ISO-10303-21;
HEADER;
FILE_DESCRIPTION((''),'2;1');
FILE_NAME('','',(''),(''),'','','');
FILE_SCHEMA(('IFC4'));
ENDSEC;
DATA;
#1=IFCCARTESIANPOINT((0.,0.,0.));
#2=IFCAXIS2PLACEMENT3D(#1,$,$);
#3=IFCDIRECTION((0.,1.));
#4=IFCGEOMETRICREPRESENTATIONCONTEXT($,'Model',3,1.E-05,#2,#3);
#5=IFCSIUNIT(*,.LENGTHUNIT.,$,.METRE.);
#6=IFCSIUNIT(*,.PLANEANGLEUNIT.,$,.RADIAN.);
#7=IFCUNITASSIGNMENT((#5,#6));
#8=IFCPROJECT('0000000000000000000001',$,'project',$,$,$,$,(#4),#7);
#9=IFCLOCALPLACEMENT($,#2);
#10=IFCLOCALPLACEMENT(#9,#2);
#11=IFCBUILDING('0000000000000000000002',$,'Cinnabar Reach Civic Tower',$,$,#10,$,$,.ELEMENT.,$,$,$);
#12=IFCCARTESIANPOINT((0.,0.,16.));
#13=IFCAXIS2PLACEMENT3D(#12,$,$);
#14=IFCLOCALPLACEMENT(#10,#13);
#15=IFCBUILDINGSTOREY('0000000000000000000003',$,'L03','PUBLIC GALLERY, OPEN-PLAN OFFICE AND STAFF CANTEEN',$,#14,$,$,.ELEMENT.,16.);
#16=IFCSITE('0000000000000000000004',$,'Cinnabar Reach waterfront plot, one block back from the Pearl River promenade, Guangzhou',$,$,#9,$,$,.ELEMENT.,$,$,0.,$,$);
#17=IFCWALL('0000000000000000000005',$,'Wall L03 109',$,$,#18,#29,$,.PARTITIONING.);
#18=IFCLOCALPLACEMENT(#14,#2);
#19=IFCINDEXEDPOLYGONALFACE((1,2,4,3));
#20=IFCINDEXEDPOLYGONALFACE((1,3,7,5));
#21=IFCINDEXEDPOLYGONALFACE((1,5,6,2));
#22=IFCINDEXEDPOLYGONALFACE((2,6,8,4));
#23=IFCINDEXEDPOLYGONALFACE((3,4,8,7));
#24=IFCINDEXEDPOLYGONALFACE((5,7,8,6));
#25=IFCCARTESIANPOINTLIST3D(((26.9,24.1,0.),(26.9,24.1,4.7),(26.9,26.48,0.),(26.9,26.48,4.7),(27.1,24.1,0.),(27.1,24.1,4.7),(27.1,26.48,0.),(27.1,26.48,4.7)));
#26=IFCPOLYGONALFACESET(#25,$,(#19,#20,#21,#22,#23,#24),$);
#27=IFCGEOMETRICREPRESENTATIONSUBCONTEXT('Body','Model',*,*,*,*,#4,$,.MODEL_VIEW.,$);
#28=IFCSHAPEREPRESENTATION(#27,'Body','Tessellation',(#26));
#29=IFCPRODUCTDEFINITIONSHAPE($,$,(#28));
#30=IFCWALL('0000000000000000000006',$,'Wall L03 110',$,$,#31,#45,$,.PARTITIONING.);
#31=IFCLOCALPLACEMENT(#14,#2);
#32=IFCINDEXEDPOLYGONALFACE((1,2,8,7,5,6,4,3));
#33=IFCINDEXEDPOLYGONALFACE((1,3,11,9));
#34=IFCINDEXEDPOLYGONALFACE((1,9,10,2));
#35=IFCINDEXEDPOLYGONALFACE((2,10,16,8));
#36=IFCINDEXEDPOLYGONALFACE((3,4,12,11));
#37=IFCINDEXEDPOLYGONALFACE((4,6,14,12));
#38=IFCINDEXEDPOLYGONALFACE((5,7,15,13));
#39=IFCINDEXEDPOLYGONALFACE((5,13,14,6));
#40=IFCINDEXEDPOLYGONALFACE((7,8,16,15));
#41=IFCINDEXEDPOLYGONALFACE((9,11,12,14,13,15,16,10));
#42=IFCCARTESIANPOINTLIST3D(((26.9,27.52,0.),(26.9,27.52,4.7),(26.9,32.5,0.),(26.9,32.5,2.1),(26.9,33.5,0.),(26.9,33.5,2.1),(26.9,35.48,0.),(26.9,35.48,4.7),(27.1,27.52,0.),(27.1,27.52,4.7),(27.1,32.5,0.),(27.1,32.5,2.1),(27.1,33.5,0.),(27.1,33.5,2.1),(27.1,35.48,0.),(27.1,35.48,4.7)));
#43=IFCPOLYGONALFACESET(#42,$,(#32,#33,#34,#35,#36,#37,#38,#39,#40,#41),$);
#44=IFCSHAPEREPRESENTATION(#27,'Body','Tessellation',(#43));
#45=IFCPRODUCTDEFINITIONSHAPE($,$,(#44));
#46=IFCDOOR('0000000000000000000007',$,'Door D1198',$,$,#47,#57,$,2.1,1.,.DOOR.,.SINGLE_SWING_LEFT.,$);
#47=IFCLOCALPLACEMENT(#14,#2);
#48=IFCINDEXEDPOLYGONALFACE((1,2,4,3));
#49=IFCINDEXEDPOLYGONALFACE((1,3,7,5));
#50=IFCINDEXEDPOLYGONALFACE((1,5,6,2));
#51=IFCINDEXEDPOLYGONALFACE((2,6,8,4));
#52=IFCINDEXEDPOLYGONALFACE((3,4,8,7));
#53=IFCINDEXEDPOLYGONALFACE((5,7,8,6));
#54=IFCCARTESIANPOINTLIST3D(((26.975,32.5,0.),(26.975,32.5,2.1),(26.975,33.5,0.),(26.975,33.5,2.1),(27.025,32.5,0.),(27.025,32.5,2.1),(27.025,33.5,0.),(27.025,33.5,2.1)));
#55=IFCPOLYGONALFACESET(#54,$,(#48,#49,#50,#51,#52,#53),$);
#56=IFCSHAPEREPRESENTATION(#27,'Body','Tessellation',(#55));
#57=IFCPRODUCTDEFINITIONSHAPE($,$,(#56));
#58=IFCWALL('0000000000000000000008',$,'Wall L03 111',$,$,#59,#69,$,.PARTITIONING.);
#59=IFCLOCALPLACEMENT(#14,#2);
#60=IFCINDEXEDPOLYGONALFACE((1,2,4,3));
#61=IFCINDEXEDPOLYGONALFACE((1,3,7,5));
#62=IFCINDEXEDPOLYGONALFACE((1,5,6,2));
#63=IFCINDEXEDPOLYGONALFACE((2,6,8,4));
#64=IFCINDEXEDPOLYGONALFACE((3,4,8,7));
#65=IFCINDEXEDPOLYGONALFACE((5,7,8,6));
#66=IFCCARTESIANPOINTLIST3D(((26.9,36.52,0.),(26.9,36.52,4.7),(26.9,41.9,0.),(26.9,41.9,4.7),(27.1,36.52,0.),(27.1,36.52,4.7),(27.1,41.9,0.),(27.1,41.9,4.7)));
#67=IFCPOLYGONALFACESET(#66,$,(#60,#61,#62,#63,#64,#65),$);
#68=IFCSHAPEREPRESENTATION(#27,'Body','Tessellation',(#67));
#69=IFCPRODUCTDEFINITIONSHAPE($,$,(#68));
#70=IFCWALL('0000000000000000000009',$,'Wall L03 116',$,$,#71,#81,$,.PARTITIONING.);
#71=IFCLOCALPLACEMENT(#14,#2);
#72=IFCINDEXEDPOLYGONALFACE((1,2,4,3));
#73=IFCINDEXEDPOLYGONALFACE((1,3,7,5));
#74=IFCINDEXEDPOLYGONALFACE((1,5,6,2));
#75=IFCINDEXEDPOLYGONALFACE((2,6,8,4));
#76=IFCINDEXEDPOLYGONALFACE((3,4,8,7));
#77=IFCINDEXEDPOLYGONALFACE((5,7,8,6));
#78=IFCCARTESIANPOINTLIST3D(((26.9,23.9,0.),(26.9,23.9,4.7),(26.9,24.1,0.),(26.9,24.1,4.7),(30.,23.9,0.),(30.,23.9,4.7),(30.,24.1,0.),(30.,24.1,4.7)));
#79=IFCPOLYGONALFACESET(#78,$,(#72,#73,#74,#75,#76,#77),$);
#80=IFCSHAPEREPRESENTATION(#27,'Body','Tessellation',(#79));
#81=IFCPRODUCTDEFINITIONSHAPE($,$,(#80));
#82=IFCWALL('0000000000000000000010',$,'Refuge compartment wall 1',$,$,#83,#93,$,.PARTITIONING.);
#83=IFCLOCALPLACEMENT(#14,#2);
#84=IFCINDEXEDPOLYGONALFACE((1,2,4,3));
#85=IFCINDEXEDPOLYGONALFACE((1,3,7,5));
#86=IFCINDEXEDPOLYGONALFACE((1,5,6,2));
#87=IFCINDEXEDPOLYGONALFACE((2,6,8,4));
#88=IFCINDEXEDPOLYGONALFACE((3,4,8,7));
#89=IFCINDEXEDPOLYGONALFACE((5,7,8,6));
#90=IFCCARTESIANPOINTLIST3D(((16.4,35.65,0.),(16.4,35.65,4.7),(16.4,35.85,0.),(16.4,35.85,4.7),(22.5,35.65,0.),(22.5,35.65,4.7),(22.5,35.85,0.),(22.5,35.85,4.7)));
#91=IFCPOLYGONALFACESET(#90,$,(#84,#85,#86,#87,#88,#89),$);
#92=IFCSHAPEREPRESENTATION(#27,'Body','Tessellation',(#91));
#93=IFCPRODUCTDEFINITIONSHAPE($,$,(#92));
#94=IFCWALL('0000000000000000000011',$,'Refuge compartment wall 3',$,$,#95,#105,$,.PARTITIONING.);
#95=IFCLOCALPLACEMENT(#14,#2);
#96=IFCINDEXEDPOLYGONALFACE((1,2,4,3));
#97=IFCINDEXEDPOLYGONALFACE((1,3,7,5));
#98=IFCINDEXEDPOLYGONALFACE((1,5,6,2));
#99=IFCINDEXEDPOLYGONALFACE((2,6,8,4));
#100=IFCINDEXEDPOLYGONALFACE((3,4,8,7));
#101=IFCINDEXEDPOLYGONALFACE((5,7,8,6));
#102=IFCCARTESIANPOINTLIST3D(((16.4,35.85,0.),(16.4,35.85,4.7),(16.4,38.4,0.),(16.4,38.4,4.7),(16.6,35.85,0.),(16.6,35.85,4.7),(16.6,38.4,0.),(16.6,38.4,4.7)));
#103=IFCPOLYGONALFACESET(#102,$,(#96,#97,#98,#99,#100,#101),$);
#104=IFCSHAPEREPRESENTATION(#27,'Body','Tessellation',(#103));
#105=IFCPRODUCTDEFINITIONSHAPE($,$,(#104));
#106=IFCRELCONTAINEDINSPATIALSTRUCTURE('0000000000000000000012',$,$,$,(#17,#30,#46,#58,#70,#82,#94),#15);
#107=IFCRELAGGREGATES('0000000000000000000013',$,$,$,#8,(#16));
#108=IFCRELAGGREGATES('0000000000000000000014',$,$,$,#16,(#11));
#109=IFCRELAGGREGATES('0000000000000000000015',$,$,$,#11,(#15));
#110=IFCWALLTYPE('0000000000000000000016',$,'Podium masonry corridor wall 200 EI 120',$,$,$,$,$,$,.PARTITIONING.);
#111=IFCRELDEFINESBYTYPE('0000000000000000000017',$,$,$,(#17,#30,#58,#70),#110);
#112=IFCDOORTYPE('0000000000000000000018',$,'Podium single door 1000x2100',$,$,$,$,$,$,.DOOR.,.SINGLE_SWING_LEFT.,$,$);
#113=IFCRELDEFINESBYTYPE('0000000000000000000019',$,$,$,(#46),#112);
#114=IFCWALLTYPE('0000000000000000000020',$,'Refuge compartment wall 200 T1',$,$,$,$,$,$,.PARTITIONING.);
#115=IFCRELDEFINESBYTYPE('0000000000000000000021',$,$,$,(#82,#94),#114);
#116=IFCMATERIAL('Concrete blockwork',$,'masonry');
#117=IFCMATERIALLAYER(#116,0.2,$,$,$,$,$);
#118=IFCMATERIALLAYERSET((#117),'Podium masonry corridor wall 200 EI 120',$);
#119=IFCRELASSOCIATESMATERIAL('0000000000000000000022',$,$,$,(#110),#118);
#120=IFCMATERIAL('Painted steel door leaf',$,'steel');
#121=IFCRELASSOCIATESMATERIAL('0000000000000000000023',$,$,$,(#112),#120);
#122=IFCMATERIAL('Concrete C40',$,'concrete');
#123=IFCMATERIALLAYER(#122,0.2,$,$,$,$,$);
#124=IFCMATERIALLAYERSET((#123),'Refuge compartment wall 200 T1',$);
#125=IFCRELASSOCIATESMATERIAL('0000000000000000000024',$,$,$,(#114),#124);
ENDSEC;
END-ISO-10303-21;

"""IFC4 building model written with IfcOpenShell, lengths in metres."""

from ifc_helpers import new_model, si_unit, direction, frame, frame_2d, origin, place, context, subcontext, project, spatial, rectangle, extrude, material, layer, layer_set, type_object, element, fill, save


model = new_model("IFC4")

# Units and contexts
model_context = context("Model", 3, precision=1e-05, world=origin(), true_north=direction((0.0, 1.0)))
body_context = subcontext(model_context, "Body", "Model", "MODEL_VIEW")
ifc_project = project(units=[si_unit("LENGTHUNIT", "METRE"), si_unit("PLANEANGLEUNIT", "RADIAN")], contexts=[model_context])

# Site, building, storey
site_placement = place(None, origin())
site = spatial("IfcSite", under=ifc_project, at=site_placement, Name="Cinnabar Reach waterfront plot, one block back from the Pearl River promenade, Guangzhou", CompositionType="ELEMENT", RefElevation=0.0)
building_placement = place(site_placement, origin())
building = spatial("IfcBuilding", under=site, at=building_placement, Name="Cinnabar Reach Civic Tower", CompositionType="ELEMENT")
storey_placement = place(building_placement, frame((0.0, 0.0, 16.0)))
storey = spatial("IfcBuildingStorey", under=building, at=storey_placement, Name="L03", Description="PUBLIC GALLERY, OPEN-PLAN OFFICE AND STAFF CANTEEN", CompositionType="ELEMENT", Elevation=16.0)

# Wall
ifc_material_1 = material(Name="Concrete blockwork", Category="masonry")
ifc_layer_1 = layer(ifc_material_1, 0.2)
ifc_layer_set_1 = layer_set([ifc_layer_1], Name="Podium masonry corridor wall 200 EI 120")
wall_type_1 = type_object("IfcWallType", Name="Podium masonry corridor wall 200 EI 120", PredefinedType="PARTITIONING", material=ifc_layer_set_1)
wall_1_placement = place(storey_placement, frame((27.0, 24.1, 0.0), z_axis=(0.0, 0.0, 1.0), x_axis=(0.0, 1.0, 0.0)))
element("IfcWall", 1, at=wall_1_placement, inside=storey, type_object=wall_type_1, Name="Wall L03 109", PredefinedType="PARTITIONING", context=body_context, shape_type="SweptSolid", body=[
    extrude(rectangle(XDim=2.38, YDim=0.2, at=frame_2d((1.19, 0.0))), origin(), (0.0, 0.0, 1.0), 4.7),
])

# Wall, opening, door
wall_2_placement = place(storey_placement, frame((27.0, 27.52, 0.0), z_axis=(0.0, 0.0, 1.0), x_axis=(0.0, 1.0, 0.0)))
wall_2 = element("IfcWall", 2, at=wall_2_placement, inside=storey, type_object=wall_type_1, Name="Wall L03 110", PredefinedType="PARTITIONING", context=body_context, shape_type="SweptSolid", body=[
    extrude(rectangle(XDim=7.96, YDim=0.2, at=frame_2d((3.98, 0.0))), origin(), (0.0, 0.0, 1.0), 4.7),
])
opening_1_placement = place(wall_2_placement, frame((4.98, 0.0, 0.0)))
opening_1 = element("IfcOpeningElement", 3, at=opening_1_placement, cuts=wall_2, PredefinedType="OPENING", context=body_context, shape_type="SweptSolid", body=[
    extrude(rectangle(XDim=1.0, YDim=2.1, at=frame_2d((0.5, 1.05))), frame((0.0, 0.11, 0.0), z_axis=(0.0, -1.0, 0.0), x_axis=(1.0, 0.0, 0.0)), (0.0, 0.0, 1.0), 0.22),
])
ifc_material_2 = material(Name="Painted steel door leaf", Category="steel")
door_type_1 = type_object("IfcDoorType", Name="Podium single door 1000x2100", OperationType="SINGLE_SWING_LEFT", PredefinedType="DOOR", material=ifc_material_2)
door_1_placement = place(opening_1_placement, frame((1.0, 0.0, 0.0), z_axis=(0.0, 0.0, 1.0), x_axis=(-1.0, 0.0, 0.0)))
door_1 = element("IfcDoor", 4, at=door_1_placement, inside=storey, type_object=door_type_1, Name="Door D1198", OperationType="SINGLE_SWING_LEFT", OverallHeight=2.1, OverallWidth=1.0, PredefinedType="DOOR", context=body_context, shape_type="SweptSolid", body=[
    extrude(rectangle(XDim=1.0, YDim=2.1, at=frame_2d((0.5, 1.05))), frame((0.0, 0.025, 0.0), z_axis=(0.0, -1.0, 0.0), x_axis=(1.0, 0.0, 0.0)), (0.0, 0.0, 1.0), 0.05),
])
fill(opening_1, door_1)

# Walls
wall_3_placement = place(storey_placement, frame((27.0, 36.52, 0.0), z_axis=(0.0, 0.0, 1.0), x_axis=(0.0, 1.0, 0.0)))
element("IfcWall", 5, at=wall_3_placement, inside=storey, type_object=wall_type_1, Name="Wall L03 111", PredefinedType="PARTITIONING", context=body_context, shape_type="SweptSolid", body=[
    extrude(rectangle(XDim=5.38, YDim=0.2, at=frame_2d((2.69, 0.0))), origin(), (0.0, 0.0, 1.0), 4.7),
])
wall_4_placement = place(storey_placement, frame((26.9, 24.0, 0.0), z_axis=(0.0, 0.0, 1.0), x_axis=(1.0, 0.0, 0.0)))
element("IfcWall", 6, at=wall_4_placement, inside=storey, type_object=wall_type_1, Name="Wall L03 116", PredefinedType="PARTITIONING", context=body_context, shape_type="SweptSolid", body=[
    extrude(rectangle(XDim=3.1, YDim=0.2, at=frame_2d((1.55, 0.0))), origin(), (0.0, 0.0, 1.0), 4.7),
])
ifc_material_3 = material(Name="Concrete C40", Category="concrete")
ifc_layer_2 = layer(ifc_material_3, 0.2)
ifc_layer_set_2 = layer_set([ifc_layer_2], Name="Refuge compartment wall 200 T1")
wall_type_2 = type_object("IfcWallType", Name="Refuge compartment wall 200 T1", PredefinedType="PARTITIONING", material=ifc_layer_set_2)
wall_5_placement = place(storey_placement, frame((16.4, 35.75, 0.0), z_axis=(0.0, 0.0, 1.0), x_axis=(1.0, 0.0, 0.0)))
element("IfcWall", 7, at=wall_5_placement, inside=storey, type_object=wall_type_2, Name="Refuge compartment wall 1", PredefinedType="PARTITIONING", context=body_context, shape_type="SweptSolid", body=[
    extrude(rectangle(XDim=6.1, YDim=0.2, at=frame_2d((3.05, 0.0))), origin(), (0.0, 0.0, 1.0), 4.7),
])
wall_6_placement = place(storey_placement, frame((16.5, 35.85, 0.0), z_axis=(0.0, 0.0, 1.0), x_axis=(0.0, 1.0, 0.0)))
element("IfcWall", 8, at=wall_6_placement, inside=storey, type_object=wall_type_2, Name="Refuge compartment wall 3", PredefinedType="PARTITIONING", context=body_context, shape_type="SweptSolid", body=[
    extrude(rectangle(XDim=2.55, YDim=0.2, at=frame_2d((1.275, 0.0))), origin(), (0.0, 0.0, 1.0), 4.7),
])

save(model, "model.ifc")
